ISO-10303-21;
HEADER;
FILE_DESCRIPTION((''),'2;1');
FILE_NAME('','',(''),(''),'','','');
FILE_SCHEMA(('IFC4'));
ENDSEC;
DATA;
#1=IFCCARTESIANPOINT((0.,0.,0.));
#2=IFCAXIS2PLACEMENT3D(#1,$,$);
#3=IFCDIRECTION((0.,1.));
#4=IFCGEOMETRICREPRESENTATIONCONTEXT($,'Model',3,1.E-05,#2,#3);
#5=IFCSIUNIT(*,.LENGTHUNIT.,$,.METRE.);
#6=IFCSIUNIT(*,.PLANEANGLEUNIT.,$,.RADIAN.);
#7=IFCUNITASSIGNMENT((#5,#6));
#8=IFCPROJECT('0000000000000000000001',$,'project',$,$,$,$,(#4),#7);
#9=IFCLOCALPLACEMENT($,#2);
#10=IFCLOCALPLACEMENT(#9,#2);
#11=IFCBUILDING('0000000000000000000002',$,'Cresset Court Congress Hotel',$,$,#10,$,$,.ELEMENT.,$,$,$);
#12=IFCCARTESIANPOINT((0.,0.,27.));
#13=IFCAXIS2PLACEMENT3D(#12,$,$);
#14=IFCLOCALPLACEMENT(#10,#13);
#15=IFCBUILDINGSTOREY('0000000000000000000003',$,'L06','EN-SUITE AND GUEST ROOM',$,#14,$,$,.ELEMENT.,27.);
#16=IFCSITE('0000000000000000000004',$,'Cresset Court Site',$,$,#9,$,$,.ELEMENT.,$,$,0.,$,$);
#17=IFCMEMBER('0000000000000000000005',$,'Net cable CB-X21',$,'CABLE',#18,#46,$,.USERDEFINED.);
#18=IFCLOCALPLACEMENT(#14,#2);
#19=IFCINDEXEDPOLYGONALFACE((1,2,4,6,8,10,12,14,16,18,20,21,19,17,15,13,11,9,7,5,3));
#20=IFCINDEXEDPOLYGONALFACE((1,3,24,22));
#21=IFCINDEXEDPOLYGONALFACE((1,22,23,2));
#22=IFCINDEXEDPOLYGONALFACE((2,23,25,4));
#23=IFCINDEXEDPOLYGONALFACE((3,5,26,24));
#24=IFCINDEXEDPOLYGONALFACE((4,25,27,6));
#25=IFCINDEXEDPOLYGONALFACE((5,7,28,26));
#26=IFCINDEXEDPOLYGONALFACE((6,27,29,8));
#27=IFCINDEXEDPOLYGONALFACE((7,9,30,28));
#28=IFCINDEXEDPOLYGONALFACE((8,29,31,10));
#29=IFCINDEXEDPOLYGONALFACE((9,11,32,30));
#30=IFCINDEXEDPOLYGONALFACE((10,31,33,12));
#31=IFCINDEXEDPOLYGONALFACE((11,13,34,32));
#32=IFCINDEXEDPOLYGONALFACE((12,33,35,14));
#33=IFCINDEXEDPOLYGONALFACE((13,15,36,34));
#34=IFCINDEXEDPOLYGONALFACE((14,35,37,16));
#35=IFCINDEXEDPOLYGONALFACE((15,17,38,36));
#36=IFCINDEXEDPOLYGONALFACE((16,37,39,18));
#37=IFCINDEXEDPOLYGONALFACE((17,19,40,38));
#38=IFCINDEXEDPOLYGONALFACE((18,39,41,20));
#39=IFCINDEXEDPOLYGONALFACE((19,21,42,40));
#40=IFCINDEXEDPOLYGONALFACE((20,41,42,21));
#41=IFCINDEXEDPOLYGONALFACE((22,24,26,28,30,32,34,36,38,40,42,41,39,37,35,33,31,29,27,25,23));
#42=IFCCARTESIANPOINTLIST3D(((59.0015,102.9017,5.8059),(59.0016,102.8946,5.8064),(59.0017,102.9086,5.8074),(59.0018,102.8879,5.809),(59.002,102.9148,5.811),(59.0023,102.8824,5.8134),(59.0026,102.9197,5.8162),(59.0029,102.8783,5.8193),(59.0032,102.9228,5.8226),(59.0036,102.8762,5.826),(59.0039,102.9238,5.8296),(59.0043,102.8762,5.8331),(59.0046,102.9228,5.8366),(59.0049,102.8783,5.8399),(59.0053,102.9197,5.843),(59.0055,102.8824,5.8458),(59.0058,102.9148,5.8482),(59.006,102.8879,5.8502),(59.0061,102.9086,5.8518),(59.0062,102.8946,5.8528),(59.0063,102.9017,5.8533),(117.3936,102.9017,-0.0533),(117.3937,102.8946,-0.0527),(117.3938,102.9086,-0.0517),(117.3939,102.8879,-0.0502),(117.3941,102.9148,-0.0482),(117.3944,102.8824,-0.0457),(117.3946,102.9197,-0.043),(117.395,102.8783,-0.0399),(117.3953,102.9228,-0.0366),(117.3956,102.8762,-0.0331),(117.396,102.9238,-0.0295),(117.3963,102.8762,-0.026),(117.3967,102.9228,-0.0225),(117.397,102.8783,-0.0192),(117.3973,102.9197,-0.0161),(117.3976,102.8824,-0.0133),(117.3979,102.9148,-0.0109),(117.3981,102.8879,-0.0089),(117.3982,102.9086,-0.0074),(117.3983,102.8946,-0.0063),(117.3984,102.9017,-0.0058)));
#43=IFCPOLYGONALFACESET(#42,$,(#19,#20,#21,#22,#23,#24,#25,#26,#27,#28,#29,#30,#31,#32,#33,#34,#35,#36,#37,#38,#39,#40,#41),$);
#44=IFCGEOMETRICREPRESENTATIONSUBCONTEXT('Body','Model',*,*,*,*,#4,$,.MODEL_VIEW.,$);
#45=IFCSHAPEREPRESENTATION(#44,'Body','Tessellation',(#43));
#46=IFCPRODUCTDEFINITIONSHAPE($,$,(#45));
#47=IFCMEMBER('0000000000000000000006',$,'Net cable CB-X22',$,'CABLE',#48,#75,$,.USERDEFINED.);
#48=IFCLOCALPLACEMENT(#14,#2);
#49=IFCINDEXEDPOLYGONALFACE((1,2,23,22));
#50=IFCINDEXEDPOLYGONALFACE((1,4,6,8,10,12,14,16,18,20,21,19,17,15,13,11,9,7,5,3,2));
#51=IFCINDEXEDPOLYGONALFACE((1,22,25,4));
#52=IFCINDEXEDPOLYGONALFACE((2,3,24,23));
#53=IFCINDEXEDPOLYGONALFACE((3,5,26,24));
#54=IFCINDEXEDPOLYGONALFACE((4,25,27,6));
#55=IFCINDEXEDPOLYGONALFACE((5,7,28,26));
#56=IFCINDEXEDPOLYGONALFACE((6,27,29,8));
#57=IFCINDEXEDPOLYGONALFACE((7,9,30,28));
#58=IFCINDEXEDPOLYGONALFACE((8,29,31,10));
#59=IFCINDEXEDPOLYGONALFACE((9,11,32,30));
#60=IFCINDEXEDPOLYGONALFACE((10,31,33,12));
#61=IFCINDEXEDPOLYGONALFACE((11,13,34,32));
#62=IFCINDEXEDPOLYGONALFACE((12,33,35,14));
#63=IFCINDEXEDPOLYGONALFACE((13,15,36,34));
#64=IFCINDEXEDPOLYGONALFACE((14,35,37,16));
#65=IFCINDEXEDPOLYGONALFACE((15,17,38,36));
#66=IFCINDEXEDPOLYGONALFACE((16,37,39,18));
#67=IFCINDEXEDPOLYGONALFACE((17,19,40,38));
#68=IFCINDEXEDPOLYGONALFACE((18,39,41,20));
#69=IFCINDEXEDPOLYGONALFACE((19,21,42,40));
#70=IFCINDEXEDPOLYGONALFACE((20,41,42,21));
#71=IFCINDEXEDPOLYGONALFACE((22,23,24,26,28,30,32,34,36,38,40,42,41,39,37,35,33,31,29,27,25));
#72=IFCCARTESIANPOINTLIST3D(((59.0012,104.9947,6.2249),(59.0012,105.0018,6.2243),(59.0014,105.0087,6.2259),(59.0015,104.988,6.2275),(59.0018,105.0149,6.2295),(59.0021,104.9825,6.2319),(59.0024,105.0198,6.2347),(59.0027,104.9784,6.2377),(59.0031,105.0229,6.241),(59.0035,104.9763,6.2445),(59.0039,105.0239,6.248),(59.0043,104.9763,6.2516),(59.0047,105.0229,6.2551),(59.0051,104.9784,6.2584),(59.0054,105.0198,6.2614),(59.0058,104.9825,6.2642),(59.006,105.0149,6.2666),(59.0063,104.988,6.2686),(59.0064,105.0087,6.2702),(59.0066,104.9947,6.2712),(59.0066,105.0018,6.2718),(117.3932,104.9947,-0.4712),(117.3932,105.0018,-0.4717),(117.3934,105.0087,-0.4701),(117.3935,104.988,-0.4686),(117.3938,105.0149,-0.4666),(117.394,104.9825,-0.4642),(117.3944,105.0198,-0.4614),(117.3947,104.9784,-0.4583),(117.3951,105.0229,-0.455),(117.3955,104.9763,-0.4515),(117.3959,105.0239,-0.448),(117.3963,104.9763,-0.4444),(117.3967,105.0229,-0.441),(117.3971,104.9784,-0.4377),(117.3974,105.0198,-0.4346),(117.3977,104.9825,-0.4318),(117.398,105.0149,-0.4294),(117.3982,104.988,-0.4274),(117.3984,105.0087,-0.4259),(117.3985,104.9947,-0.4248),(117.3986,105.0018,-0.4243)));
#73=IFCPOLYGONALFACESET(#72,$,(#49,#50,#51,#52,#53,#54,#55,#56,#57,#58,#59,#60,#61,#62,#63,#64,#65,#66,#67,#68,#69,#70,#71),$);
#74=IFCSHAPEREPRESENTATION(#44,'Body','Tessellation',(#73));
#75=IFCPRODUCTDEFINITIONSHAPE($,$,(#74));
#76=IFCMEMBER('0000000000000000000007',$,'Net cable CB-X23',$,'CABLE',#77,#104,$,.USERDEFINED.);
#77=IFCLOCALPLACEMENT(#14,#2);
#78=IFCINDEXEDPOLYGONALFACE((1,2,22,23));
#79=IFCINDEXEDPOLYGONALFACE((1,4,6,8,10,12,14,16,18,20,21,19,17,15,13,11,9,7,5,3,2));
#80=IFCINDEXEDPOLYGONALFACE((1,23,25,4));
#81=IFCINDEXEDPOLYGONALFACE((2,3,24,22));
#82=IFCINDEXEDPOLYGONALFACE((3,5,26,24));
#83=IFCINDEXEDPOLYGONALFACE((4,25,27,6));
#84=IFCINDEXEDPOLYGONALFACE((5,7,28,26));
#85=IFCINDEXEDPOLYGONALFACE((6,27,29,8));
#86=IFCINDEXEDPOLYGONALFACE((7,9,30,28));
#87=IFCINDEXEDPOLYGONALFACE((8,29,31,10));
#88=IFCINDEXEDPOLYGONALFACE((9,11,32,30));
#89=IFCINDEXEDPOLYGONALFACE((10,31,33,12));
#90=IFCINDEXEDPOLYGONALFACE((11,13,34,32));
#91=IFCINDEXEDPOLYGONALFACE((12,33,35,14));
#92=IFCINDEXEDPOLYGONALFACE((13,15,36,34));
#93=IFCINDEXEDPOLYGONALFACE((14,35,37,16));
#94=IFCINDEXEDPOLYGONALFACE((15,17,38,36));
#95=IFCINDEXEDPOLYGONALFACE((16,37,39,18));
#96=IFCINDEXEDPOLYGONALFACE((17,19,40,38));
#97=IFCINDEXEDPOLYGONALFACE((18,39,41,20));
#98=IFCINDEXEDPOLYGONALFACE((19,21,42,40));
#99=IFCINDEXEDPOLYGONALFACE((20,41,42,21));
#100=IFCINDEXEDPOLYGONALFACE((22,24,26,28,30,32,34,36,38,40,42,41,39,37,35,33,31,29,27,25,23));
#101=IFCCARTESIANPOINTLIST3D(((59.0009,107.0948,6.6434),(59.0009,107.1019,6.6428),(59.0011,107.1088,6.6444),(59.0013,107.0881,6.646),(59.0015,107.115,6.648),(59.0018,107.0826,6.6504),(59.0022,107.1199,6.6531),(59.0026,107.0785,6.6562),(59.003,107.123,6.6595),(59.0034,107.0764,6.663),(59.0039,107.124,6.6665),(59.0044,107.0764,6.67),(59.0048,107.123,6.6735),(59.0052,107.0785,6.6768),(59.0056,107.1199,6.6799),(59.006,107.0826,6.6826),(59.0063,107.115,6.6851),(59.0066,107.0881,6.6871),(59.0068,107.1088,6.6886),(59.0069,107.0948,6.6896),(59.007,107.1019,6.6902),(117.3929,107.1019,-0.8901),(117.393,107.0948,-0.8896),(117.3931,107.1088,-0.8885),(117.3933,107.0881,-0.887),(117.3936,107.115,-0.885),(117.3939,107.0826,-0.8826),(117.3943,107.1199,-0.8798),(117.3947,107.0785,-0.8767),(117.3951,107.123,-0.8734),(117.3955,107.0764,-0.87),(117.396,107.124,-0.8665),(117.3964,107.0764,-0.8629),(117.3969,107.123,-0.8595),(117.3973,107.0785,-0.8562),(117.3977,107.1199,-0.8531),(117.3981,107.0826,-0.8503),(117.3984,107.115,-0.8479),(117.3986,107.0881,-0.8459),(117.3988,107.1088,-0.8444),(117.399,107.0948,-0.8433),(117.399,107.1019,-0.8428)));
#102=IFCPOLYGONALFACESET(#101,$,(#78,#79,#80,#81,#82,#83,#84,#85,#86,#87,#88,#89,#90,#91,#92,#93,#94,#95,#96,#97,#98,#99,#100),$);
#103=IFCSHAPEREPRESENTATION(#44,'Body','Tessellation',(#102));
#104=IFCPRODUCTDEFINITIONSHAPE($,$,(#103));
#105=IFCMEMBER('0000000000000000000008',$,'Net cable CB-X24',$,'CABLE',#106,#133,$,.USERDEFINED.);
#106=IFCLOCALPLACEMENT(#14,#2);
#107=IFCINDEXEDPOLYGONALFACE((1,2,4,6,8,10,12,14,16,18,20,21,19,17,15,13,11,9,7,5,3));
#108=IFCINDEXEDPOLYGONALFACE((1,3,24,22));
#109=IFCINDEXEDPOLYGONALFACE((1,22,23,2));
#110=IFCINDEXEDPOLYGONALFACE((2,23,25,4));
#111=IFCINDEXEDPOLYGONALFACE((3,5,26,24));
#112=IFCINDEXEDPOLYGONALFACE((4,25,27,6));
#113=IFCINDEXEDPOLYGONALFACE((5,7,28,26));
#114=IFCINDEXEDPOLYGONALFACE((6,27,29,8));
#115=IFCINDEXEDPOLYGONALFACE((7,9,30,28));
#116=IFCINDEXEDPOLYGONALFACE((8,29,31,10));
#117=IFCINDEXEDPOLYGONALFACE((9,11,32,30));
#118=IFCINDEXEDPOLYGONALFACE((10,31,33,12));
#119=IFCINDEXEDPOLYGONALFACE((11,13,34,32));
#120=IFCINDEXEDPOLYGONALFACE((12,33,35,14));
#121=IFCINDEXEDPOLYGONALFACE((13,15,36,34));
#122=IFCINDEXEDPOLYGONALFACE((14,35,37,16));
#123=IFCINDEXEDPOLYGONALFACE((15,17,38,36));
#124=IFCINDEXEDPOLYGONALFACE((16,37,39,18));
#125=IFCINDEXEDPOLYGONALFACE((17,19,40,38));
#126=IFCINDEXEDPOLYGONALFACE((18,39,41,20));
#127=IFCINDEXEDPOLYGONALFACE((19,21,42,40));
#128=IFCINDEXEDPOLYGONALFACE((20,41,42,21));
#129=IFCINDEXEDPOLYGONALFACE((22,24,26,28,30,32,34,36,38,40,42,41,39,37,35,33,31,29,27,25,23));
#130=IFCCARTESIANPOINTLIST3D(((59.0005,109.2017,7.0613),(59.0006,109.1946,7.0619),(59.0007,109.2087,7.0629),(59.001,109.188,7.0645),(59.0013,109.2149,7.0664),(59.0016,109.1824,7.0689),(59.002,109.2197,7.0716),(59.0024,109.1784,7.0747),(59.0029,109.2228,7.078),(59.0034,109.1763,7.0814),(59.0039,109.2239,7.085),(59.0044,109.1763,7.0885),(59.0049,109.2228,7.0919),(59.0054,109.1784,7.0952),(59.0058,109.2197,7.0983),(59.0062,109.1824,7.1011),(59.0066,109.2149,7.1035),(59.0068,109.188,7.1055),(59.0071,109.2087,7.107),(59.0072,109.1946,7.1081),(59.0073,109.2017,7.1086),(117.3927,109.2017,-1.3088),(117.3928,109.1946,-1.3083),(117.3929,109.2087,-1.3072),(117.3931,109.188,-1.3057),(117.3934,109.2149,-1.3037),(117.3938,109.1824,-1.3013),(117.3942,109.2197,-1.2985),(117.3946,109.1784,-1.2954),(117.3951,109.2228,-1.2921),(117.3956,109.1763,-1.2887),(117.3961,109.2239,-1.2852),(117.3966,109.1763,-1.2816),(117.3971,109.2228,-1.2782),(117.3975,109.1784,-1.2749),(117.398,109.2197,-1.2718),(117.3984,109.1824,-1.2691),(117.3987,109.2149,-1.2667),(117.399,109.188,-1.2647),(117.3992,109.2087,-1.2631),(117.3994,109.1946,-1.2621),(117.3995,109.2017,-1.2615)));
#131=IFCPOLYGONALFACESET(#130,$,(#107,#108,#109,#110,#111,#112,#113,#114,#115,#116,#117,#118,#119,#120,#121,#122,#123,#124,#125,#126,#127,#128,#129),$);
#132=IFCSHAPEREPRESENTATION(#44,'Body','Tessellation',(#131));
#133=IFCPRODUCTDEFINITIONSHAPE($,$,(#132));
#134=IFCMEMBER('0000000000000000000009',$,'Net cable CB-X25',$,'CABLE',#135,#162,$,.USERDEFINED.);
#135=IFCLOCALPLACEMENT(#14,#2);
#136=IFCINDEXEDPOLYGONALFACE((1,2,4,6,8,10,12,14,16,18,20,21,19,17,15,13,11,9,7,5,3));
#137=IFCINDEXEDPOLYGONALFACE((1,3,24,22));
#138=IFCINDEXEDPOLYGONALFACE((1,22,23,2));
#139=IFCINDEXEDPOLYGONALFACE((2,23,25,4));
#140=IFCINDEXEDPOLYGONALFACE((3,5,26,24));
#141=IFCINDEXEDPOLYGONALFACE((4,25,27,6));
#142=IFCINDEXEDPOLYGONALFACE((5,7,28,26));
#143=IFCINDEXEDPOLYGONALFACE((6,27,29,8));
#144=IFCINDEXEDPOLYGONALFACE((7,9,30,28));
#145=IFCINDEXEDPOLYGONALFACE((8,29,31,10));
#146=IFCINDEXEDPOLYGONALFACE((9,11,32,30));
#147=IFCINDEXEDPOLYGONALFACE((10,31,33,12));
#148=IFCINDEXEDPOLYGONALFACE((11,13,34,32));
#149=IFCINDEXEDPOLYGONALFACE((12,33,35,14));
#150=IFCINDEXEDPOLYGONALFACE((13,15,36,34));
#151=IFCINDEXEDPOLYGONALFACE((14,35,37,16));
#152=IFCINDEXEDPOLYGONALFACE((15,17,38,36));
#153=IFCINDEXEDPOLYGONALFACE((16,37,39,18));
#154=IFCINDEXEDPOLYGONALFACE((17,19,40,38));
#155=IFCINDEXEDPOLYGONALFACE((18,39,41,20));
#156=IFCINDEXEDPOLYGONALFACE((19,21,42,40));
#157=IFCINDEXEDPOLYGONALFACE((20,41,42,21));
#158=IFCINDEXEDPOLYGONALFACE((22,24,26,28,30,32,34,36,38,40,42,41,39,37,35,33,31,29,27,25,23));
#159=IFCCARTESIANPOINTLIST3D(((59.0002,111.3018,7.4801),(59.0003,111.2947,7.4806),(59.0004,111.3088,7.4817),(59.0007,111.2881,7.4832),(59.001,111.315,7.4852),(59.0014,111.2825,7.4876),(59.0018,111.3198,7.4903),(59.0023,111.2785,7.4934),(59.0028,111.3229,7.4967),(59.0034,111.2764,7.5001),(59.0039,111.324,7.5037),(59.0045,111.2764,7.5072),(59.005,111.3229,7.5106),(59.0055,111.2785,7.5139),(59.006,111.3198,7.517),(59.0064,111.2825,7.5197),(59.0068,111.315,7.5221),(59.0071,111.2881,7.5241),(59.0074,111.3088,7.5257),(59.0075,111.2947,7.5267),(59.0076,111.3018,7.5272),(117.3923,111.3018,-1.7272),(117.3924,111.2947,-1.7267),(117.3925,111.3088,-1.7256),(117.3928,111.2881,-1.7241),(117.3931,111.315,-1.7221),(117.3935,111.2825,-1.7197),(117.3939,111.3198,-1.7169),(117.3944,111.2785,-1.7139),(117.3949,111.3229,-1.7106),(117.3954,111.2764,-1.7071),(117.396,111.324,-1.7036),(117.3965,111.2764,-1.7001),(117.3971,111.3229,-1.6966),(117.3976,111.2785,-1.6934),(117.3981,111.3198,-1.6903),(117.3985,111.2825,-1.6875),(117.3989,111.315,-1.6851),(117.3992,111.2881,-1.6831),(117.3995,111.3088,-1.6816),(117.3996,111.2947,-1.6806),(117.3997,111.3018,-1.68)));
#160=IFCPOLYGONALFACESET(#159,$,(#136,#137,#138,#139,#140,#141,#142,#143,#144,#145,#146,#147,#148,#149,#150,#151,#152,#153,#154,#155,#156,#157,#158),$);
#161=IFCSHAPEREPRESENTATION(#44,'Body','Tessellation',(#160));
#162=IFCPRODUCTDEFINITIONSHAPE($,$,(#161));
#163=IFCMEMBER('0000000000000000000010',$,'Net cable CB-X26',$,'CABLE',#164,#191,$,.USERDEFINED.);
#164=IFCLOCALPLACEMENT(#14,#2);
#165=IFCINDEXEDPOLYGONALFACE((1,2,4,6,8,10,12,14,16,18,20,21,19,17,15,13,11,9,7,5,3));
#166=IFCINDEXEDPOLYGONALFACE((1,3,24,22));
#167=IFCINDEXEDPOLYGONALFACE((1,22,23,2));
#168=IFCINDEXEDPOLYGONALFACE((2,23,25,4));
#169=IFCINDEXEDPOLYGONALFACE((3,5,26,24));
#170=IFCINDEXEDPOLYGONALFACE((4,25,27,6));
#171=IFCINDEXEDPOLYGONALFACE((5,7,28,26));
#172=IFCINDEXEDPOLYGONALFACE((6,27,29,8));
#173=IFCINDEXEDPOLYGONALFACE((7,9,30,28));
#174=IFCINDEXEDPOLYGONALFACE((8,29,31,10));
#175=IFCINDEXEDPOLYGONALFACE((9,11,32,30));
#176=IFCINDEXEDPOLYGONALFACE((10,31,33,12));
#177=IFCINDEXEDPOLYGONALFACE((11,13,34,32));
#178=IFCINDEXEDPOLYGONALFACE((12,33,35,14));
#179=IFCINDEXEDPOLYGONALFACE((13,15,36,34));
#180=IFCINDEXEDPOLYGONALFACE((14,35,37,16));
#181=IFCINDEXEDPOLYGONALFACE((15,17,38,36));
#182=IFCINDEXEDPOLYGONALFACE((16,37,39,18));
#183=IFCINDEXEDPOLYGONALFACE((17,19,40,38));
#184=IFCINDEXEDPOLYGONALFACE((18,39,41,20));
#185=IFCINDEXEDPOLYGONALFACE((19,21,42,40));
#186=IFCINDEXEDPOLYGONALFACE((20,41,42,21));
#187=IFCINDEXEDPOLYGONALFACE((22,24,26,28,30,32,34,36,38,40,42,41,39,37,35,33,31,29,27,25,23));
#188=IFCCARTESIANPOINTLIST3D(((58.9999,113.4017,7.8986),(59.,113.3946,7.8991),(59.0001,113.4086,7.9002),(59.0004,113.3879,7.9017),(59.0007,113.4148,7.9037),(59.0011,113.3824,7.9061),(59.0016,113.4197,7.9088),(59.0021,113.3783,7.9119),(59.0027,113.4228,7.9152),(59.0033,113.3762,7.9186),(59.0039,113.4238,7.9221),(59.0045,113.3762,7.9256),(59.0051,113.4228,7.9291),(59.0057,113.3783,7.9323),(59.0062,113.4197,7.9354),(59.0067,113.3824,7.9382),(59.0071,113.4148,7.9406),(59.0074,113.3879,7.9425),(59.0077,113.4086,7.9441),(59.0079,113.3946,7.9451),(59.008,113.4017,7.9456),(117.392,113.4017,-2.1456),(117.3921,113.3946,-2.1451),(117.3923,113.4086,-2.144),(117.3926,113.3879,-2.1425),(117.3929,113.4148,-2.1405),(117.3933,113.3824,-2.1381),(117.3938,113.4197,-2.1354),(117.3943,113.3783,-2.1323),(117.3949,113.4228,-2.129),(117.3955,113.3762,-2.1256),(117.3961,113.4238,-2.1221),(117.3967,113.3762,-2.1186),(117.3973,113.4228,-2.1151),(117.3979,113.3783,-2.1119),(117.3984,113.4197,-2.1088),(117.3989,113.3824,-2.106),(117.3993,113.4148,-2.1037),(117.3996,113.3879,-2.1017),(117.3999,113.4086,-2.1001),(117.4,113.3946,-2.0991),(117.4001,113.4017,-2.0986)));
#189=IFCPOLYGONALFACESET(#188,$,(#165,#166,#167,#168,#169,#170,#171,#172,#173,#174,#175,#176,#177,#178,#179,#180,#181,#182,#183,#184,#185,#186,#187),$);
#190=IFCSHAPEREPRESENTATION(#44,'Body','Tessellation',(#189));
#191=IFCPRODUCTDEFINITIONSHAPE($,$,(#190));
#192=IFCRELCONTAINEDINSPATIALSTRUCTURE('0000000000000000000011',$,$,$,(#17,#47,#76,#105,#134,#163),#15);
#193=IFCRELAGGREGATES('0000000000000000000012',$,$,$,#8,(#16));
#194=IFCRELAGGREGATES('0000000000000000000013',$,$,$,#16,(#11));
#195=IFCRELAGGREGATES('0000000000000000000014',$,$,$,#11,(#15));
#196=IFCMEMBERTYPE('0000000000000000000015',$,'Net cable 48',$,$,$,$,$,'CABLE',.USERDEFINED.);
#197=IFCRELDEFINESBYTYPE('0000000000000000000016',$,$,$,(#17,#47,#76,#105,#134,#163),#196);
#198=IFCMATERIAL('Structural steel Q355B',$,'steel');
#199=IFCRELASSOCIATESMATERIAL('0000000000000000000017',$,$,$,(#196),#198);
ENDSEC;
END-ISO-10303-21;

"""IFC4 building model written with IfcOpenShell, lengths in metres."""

from ifc_helpers import new_model, si_unit, direction, frame, origin, origin_2d, place, context, subcontext, project, spatial, circle, extrude, material, material_profile, profile_set, type_object, element, save


model = new_model("IFC4")

# Units and contexts
model_context = context("Model", 3, precision=1e-05, world=origin(), true_north=direction((0.0, 1.0)))
body_context = subcontext(model_context, "Body", "Model", "MODEL_VIEW")
ifc_project = project(units=[si_unit("LENGTHUNIT", "METRE"), si_unit("PLANEANGLEUNIT", "RADIAN")], contexts=[model_context])

# Site, building, storey
site_placement = place(None, origin())
site = spatial("IfcSite", under=ifc_project, at=site_placement, Name="Cresset Court Site", CompositionType="ELEMENT", RefElevation=0.0)
building_placement = place(site_placement, origin())
building = spatial("IfcBuilding", under=site, at=building_placement, Name="Cresset Court Congress Hotel", CompositionType="ELEMENT")
storey_placement = place(building_placement, frame((0.0, 0.0, 27.0)))
storey = spatial("IfcBuildingStorey", under=building, at=storey_placement, Name="L06", Description="EN-SUITE AND GUEST ROOM", CompositionType="ELEMENT", Elevation=27.0)

# Members
ifc_material_1 = material(Name="Structural steel Q355B", Category="steel")
ifc_material_profile_1 = material_profile(ifc_material_1, circle(Radius=0.0239, at=origin_2d()), Name="CABLE48")
ifc_profile_set_1 = profile_set([ifc_material_profile_1], Name="Structural steel Q355B")
member_type_1 = type_object("IfcMemberType", Name="Net cable 48", ElementType="CABLE", PredefinedType="USERDEFINED", material=ifc_profile_set_1)
member_1_placement = place(storey_placement, frame((59.0039, 102.8999, 5.8296), z_axis=(0.995004, 0.0, -0.09984), x_axis=(0.0, 1.0, 0.0)))
element("IfcMember", 1, at=member_1_placement, inside=storey, type_object=member_type_1, Name="Net cable CB-X21", ObjectType="CABLE", PredefinedType="USERDEFINED", context=body_context, shape_type="SweptSolid", body=[
    extrude(circle(Radius=0.0239, at=origin_2d()), origin(), (0.0, 0.0, 1.0), 58.6853),
])
member_2_placement = place(storey_placement, frame((59.0039, 105.0, 6.248), z_axis=(0.993489, 0.0, -0.113927), x_axis=(0.0, 1.0, 0.0)))
element("IfcMember", 2, at=member_2_placement, inside=storey, type_object=member_type_1, Name="Net cable CB-X22", ObjectType="CABLE", PredefinedType="USERDEFINED", context=body_context, shape_type="SweptSolid", body=[
    extrude(circle(Radius=0.0239, at=origin_2d()), origin(), (0.0, 0.0, 1.0), 58.7747),
])
member_3_placement = place(storey_placement, frame((59.0039, 107.1001, 6.6665), z_axis=(0.991781, 0.0, -0.127946), x_axis=(0.0, 1.0, 0.0)))
element("IfcMember", 3, at=member_3_placement, inside=storey, type_object=member_type_1, Name="Net cable CB-X23", ObjectType="CABLE", PredefinedType="USERDEFINED", context=body_context, shape_type="SweptSolid", body=[
    extrude(circle(Radius=0.0239, at=origin_2d()), origin(), (0.0, 0.0, 1.0), 58.876),
])
member_4_placement = place(storey_placement, frame((59.0039, 109.2, 7.085), z_axis=(0.989882, 0.0, -0.141893), x_axis=(0.0, 1.0, 0.0)))
element("IfcMember", 4, at=member_4_placement, inside=storey, type_object=member_type_1, Name="Net cable CB-X24", ObjectType="CABLE", PredefinedType="USERDEFINED", context=body_context, shape_type="SweptSolid", body=[
    extrude(circle(Radius=0.0239, at=origin_2d()), origin(), (0.0, 0.0, 1.0), 58.989),
])
member_5_placement = place(storey_placement, frame((59.0039, 111.3, 7.5037), z_axis=(0.987796, 0.0, -0.155756), x_axis=(0.0, 1.0, 0.0)))
element("IfcMember", 5, at=member_5_placement, inside=storey, type_object=member_type_1, Name="Net cable CB-X25", ObjectType="CABLE", PredefinedType="USERDEFINED", context=body_context, shape_type="SweptSolid", body=[
    extrude(circle(Radius=0.0239, at=origin_2d()), origin(), (0.0, 0.0, 1.0), 59.1135),
])
member_6_placement = place(storey_placement, frame((59.0039, 113.3999, 7.9221), z_axis=(0.985526, 0.0, -0.169523), x_axis=(0.0, 1.0, 0.0)))
element("IfcMember", 6, at=member_6_placement, inside=storey, type_object=member_type_1, Name="Net cable CB-X26", ObjectType="CABLE", PredefinedType="USERDEFINED", context=body_context, shape_type="SweptSolid", body=[
    extrude(circle(Radius=0.0239, at=origin_2d()), origin(), (0.0, 0.0, 1.0), 59.2498),
])

save(model, "model.ifc")
